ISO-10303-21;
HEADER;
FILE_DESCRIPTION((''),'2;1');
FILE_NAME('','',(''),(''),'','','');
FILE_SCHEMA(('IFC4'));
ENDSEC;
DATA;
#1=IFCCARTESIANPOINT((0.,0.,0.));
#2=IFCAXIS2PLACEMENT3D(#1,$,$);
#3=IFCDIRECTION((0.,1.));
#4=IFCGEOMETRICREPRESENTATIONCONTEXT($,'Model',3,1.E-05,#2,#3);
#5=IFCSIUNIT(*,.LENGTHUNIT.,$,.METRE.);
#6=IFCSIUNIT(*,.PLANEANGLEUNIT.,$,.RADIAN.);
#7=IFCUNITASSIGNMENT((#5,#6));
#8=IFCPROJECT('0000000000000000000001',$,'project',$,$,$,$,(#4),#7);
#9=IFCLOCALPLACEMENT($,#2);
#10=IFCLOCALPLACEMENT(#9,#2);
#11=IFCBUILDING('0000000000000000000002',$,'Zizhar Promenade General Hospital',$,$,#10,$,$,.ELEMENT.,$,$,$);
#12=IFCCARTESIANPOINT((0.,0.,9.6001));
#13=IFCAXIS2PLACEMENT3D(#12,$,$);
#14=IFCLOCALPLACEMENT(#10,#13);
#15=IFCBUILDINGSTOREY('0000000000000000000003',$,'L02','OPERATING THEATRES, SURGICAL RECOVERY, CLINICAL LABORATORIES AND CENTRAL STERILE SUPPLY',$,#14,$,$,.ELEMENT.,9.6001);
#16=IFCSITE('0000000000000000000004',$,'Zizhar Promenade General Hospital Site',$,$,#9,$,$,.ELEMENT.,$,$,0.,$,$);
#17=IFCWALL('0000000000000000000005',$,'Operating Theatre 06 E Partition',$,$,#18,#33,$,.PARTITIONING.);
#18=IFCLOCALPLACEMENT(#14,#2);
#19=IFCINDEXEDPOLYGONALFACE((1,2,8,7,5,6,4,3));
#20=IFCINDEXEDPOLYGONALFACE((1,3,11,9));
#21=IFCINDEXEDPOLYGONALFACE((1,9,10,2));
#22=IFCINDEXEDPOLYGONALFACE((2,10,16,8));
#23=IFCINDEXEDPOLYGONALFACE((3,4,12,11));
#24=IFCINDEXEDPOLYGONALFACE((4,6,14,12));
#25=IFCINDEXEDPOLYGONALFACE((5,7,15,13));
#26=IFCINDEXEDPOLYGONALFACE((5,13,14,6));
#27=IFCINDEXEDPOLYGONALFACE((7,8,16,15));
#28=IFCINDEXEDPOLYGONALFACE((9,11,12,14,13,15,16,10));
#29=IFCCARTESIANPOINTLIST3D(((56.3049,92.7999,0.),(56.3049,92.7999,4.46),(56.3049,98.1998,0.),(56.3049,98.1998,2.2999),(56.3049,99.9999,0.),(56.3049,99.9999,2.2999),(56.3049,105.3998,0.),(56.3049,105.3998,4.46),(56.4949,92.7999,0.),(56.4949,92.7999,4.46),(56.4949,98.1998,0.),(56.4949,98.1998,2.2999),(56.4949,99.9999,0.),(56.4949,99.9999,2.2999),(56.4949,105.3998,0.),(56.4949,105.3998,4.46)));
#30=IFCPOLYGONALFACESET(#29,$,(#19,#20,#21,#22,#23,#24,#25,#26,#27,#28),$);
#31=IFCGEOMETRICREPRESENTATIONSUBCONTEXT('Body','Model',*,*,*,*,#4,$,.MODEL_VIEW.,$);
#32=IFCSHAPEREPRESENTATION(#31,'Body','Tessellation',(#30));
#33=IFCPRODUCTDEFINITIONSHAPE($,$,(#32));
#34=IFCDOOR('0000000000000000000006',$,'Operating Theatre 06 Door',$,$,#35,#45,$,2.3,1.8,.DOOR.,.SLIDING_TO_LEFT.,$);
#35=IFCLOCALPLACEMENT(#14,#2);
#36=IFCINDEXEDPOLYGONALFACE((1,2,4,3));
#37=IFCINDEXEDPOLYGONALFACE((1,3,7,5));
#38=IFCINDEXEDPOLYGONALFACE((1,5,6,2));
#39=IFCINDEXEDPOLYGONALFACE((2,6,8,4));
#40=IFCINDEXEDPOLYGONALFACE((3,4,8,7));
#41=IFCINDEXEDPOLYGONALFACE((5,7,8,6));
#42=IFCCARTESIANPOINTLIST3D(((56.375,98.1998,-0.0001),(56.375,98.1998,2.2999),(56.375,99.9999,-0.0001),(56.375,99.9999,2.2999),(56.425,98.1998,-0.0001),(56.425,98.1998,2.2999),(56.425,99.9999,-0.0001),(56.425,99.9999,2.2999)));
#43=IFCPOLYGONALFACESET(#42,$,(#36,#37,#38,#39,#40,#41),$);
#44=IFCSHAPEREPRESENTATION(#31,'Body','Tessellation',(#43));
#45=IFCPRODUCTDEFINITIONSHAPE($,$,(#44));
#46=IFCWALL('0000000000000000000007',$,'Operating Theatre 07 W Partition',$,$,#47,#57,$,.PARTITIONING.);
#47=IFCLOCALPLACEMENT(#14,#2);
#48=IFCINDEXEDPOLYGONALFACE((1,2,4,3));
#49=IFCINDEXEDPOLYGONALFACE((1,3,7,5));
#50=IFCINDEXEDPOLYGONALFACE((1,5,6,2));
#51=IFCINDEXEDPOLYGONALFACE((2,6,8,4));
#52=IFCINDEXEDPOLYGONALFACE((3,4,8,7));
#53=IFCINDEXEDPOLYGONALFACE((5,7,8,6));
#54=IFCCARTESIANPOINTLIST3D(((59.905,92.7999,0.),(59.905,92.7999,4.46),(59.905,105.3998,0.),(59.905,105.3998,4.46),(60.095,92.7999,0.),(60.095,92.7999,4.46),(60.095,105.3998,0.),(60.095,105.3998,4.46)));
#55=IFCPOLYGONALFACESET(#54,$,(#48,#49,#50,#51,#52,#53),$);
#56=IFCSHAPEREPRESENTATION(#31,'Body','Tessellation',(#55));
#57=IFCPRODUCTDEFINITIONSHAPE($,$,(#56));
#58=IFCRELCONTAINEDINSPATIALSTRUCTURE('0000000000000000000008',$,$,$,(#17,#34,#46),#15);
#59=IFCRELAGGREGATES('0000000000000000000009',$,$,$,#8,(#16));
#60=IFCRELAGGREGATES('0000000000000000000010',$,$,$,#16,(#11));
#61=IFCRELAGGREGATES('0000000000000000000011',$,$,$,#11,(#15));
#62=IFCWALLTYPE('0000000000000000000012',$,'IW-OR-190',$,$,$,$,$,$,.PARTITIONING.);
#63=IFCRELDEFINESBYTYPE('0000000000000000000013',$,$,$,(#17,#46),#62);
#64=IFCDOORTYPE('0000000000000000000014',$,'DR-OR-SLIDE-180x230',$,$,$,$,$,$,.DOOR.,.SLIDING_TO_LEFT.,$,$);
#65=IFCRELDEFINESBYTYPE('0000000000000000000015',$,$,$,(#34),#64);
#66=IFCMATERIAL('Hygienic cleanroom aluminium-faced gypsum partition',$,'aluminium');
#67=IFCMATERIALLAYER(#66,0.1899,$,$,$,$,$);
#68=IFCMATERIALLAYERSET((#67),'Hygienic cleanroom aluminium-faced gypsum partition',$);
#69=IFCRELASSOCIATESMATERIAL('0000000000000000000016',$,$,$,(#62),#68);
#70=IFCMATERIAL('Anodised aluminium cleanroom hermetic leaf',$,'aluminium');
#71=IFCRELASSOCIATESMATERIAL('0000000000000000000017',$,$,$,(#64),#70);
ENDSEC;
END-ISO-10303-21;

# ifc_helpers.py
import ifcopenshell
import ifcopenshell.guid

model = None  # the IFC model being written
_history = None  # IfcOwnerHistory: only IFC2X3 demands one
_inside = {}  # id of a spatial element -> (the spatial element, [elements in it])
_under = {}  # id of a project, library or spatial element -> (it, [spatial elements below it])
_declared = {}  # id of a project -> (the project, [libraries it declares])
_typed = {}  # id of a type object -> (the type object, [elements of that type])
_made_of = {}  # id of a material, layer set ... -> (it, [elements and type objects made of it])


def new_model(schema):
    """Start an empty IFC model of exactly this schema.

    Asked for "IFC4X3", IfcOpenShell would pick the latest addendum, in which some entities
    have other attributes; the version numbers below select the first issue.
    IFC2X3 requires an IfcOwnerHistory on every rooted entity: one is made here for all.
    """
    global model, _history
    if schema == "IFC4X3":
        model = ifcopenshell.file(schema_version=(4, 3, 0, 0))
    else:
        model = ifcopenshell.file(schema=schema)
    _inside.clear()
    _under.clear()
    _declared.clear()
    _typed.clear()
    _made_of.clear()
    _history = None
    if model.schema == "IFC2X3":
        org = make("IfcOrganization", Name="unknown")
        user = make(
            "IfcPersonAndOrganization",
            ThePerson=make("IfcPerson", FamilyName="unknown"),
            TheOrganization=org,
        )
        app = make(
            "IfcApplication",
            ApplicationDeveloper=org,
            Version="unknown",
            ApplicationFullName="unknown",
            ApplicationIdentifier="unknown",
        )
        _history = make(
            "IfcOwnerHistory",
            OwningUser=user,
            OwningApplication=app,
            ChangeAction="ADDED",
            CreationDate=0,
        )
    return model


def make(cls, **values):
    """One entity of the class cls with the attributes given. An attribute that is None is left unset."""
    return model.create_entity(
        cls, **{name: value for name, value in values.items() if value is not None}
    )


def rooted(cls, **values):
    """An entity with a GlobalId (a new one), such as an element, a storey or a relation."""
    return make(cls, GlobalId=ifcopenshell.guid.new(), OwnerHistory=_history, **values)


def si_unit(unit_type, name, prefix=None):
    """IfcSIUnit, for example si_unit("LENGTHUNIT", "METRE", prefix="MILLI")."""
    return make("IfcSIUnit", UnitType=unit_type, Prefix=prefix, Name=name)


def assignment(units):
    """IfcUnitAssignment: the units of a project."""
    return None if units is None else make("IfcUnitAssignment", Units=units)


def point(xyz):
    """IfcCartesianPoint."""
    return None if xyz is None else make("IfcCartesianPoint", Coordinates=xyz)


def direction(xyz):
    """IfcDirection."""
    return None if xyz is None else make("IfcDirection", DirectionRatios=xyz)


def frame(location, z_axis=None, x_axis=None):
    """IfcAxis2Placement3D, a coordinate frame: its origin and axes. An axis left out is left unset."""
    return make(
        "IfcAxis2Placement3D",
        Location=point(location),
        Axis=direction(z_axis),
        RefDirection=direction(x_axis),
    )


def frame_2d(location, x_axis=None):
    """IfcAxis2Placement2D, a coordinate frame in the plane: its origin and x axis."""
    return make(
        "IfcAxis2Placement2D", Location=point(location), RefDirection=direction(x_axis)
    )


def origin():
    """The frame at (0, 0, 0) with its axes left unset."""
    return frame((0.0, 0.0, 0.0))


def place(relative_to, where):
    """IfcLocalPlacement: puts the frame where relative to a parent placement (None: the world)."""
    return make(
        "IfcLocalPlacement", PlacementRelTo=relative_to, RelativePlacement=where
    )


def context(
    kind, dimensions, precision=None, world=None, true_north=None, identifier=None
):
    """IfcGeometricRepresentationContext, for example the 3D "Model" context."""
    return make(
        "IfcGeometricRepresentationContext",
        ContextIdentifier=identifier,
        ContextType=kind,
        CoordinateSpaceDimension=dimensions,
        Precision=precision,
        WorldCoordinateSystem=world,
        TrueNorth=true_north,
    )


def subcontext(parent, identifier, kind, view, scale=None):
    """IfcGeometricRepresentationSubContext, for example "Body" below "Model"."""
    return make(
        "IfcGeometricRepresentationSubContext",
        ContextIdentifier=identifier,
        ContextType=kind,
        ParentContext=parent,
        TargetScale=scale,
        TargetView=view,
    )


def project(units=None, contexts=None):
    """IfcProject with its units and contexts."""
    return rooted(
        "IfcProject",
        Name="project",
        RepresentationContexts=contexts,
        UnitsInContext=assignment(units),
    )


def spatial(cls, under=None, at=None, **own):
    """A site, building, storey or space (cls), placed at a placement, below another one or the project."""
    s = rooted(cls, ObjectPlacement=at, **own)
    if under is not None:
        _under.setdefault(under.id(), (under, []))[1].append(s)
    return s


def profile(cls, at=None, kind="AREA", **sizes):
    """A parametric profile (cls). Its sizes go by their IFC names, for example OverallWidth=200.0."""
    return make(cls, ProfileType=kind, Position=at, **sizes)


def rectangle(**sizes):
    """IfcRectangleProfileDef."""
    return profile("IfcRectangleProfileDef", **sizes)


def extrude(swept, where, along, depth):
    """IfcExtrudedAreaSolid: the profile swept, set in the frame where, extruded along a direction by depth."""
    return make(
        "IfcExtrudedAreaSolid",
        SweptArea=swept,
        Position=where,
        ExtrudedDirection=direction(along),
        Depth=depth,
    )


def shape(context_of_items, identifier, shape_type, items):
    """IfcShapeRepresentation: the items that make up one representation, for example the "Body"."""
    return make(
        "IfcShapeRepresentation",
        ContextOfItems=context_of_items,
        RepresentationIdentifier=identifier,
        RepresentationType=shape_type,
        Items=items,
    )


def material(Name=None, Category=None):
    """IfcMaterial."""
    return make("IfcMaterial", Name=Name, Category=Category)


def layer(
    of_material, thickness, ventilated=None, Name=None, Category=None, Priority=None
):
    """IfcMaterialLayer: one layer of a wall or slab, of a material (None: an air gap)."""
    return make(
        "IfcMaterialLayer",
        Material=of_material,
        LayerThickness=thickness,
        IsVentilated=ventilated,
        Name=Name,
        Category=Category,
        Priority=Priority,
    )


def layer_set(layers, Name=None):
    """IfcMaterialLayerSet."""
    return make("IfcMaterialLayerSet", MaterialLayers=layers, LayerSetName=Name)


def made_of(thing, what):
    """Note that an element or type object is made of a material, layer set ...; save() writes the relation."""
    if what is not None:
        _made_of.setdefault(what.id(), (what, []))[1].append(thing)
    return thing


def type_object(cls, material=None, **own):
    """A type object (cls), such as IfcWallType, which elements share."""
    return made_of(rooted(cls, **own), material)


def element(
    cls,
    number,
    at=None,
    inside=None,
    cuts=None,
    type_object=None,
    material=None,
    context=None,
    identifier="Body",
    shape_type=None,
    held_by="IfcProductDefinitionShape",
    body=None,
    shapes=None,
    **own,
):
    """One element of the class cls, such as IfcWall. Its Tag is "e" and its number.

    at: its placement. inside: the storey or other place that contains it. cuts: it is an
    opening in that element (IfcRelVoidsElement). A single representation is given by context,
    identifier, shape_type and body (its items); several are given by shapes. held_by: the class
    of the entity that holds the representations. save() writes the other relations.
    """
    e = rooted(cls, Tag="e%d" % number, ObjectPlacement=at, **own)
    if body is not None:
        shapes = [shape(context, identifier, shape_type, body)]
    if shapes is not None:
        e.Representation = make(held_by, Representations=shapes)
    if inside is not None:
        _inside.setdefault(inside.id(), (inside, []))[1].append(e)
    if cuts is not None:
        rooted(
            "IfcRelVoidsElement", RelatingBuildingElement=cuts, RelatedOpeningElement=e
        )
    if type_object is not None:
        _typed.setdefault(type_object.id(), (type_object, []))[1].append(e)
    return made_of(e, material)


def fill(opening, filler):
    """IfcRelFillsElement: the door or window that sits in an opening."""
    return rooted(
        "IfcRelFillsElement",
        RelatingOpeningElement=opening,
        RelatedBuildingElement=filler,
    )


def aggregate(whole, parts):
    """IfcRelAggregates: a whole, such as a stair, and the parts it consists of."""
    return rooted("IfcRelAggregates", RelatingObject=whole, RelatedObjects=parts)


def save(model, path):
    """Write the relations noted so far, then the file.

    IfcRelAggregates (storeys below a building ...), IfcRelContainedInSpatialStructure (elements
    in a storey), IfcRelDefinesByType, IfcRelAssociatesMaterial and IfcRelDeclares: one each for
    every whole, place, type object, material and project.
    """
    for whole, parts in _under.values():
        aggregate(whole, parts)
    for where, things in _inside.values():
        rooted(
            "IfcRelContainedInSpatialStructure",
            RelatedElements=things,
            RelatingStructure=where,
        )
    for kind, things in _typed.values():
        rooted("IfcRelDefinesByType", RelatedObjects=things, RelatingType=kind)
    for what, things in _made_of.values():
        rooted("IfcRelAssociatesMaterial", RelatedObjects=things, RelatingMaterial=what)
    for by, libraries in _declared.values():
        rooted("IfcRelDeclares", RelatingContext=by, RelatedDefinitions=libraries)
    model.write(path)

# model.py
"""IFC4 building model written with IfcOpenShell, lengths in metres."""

from ifc_helpers import new_model, si_unit, direction, frame, frame_2d, origin, place, context, subcontext, project, spatial, rectangle, extrude, material, layer, layer_set, type_object, element, fill, save


model = new_model("IFC4")

# Units and contexts
model_context = context("Model", 3, precision=1e-05, world=origin(), true_north=direction((0.0, 1.0)))
body_context = subcontext(model_context, "Body", "Model", "MODEL_VIEW")
ifc_project = project(units=[si_unit("LENGTHUNIT", "METRE"), si_unit("PLANEANGLEUNIT", "RADIAN")], contexts=[model_context])

# Site, building, storey
site_placement = place(None, origin())
site = spatial("IfcSite", under=ifc_project, at=site_placement, Name="Zizhar Promenade General Hospital Site", CompositionType="ELEMENT", RefElevation=0.0)
building_placement = place(site_placement, origin())
building = spatial("IfcBuilding", under=site, at=building_placement, Name="Zizhar Promenade General Hospital", CompositionType="ELEMENT")
storey_placement = place(building_placement, frame((0.0, 0.0, 9.6001)))
storey = spatial("IfcBuildingStorey", under=building, at=storey_placement, Name="L02", Description="OPERATING THEATRES, SURGICAL RECOVERY, CLINICAL LABORATORIES AND CENTRAL STERILE SUPPLY", CompositionType="ELEMENT", Elevation=9.6001)

# Shared definitions
ifc_material_1 = material(Name="Hygienic cleanroom aluminium-faced gypsum partition", Category="aluminium")
ifc_layer_1 = layer(ifc_material_1, 0.1899)
ifc_layer_set_1 = layer_set([ifc_layer_1], Name="Hygienic cleanroom aluminium-faced gypsum partition")
wall_type_1 = type_object("IfcWallType", Name="IW-OR-190", PredefinedType="PARTITIONING", material=ifc_layer_set_1)

# Wall, opening, door
wall_1_placement = place(storey_placement, frame((56.3999, 92.8, 0.0), z_axis=(0.0, 0.0, 1.0), x_axis=(0.0, 1.0, 0.0)))
wall_1 = element("IfcWall", 1, at=wall_1_placement, inside=storey, type_object=wall_type_1, Name="Operating Theatre 06 E Partition", PredefinedType="PARTITIONING", context=body_context, shape_type="SweptSolid", body=[
    extrude(rectangle(XDim=12.5999, YDim=0.1899, at=frame_2d((6.2998, 0.0))), origin(), (0.0, 0.0, 1.0), 4.46),
])
opening_1_placement = place(wall_1_placement, frame((5.3999, 0.0, 0.0)))
opening_1 = element("IfcOpeningElement", 2, at=opening_1_placement, cuts=wall_1, PredefinedType="OPENING", context=body_context, shape_type="SweptSolid", body=[
    extrude(rectangle(XDim=1.8, YDim=2.3, at=frame_2d((0.8999, 1.1499))), frame((0.0, 0.105, 0.0), z_axis=(0.0, -1.0, 0.0), x_axis=(1.0, 0.0, 0.0)), (0.0, 0.0, 1.0), 0.21),
])
ifc_material_2 = material(Name="Anodised aluminium cleanroom hermetic leaf", Category="aluminium")
door_type = type_object("IfcDoorType", Name="DR-OR-SLIDE-180x230", OperationType="SLIDING_TO_LEFT", PredefinedType="DOOR", material=ifc_material_2)
door_placement = place(opening_1_placement, origin())
door = element("IfcDoor", 3, at=door_placement, inside=storey, type_object=door_type, Name="Operating Theatre 06 Door", OperationType="SLIDING_TO_LEFT", OverallHeight=2.3, OverallWidth=1.8, PredefinedType="DOOR", context=body_context, shape_type="SweptSolid", body=[
    extrude(rectangle(XDim=1.8, YDim=2.3, at=frame_2d((0.8999, 1.1499))), frame((0.0, 0.0249, 0.0), z_axis=(0.0, -1.0, 0.0), x_axis=(1.0, 0.0, 0.0)), (0.0, 0.0, 1.0), 0.05),
])
fill(opening_1, door)

# Wall
wall_2_placement = place(storey_placement, frame((60.0, 92.8, 0.0), z_axis=(0.0, 0.0, 1.0), x_axis=(0.0, 1.0, 0.0)))
element("IfcWall", 4, at=wall_2_placement, inside=storey, type_object=wall_type_1, Name="Operating Theatre 07 W Partition", PredefinedType="PARTITIONING", context=body_context, shape_type="SweptSolid", body=[
    extrude(rectangle(XDim=12.5999, YDim=0.1899, at=frame_2d((6.2998, 0.0))), origin(), (0.0, 0.0, 1.0), 4.46),
])

save(model, "model.ifc")
